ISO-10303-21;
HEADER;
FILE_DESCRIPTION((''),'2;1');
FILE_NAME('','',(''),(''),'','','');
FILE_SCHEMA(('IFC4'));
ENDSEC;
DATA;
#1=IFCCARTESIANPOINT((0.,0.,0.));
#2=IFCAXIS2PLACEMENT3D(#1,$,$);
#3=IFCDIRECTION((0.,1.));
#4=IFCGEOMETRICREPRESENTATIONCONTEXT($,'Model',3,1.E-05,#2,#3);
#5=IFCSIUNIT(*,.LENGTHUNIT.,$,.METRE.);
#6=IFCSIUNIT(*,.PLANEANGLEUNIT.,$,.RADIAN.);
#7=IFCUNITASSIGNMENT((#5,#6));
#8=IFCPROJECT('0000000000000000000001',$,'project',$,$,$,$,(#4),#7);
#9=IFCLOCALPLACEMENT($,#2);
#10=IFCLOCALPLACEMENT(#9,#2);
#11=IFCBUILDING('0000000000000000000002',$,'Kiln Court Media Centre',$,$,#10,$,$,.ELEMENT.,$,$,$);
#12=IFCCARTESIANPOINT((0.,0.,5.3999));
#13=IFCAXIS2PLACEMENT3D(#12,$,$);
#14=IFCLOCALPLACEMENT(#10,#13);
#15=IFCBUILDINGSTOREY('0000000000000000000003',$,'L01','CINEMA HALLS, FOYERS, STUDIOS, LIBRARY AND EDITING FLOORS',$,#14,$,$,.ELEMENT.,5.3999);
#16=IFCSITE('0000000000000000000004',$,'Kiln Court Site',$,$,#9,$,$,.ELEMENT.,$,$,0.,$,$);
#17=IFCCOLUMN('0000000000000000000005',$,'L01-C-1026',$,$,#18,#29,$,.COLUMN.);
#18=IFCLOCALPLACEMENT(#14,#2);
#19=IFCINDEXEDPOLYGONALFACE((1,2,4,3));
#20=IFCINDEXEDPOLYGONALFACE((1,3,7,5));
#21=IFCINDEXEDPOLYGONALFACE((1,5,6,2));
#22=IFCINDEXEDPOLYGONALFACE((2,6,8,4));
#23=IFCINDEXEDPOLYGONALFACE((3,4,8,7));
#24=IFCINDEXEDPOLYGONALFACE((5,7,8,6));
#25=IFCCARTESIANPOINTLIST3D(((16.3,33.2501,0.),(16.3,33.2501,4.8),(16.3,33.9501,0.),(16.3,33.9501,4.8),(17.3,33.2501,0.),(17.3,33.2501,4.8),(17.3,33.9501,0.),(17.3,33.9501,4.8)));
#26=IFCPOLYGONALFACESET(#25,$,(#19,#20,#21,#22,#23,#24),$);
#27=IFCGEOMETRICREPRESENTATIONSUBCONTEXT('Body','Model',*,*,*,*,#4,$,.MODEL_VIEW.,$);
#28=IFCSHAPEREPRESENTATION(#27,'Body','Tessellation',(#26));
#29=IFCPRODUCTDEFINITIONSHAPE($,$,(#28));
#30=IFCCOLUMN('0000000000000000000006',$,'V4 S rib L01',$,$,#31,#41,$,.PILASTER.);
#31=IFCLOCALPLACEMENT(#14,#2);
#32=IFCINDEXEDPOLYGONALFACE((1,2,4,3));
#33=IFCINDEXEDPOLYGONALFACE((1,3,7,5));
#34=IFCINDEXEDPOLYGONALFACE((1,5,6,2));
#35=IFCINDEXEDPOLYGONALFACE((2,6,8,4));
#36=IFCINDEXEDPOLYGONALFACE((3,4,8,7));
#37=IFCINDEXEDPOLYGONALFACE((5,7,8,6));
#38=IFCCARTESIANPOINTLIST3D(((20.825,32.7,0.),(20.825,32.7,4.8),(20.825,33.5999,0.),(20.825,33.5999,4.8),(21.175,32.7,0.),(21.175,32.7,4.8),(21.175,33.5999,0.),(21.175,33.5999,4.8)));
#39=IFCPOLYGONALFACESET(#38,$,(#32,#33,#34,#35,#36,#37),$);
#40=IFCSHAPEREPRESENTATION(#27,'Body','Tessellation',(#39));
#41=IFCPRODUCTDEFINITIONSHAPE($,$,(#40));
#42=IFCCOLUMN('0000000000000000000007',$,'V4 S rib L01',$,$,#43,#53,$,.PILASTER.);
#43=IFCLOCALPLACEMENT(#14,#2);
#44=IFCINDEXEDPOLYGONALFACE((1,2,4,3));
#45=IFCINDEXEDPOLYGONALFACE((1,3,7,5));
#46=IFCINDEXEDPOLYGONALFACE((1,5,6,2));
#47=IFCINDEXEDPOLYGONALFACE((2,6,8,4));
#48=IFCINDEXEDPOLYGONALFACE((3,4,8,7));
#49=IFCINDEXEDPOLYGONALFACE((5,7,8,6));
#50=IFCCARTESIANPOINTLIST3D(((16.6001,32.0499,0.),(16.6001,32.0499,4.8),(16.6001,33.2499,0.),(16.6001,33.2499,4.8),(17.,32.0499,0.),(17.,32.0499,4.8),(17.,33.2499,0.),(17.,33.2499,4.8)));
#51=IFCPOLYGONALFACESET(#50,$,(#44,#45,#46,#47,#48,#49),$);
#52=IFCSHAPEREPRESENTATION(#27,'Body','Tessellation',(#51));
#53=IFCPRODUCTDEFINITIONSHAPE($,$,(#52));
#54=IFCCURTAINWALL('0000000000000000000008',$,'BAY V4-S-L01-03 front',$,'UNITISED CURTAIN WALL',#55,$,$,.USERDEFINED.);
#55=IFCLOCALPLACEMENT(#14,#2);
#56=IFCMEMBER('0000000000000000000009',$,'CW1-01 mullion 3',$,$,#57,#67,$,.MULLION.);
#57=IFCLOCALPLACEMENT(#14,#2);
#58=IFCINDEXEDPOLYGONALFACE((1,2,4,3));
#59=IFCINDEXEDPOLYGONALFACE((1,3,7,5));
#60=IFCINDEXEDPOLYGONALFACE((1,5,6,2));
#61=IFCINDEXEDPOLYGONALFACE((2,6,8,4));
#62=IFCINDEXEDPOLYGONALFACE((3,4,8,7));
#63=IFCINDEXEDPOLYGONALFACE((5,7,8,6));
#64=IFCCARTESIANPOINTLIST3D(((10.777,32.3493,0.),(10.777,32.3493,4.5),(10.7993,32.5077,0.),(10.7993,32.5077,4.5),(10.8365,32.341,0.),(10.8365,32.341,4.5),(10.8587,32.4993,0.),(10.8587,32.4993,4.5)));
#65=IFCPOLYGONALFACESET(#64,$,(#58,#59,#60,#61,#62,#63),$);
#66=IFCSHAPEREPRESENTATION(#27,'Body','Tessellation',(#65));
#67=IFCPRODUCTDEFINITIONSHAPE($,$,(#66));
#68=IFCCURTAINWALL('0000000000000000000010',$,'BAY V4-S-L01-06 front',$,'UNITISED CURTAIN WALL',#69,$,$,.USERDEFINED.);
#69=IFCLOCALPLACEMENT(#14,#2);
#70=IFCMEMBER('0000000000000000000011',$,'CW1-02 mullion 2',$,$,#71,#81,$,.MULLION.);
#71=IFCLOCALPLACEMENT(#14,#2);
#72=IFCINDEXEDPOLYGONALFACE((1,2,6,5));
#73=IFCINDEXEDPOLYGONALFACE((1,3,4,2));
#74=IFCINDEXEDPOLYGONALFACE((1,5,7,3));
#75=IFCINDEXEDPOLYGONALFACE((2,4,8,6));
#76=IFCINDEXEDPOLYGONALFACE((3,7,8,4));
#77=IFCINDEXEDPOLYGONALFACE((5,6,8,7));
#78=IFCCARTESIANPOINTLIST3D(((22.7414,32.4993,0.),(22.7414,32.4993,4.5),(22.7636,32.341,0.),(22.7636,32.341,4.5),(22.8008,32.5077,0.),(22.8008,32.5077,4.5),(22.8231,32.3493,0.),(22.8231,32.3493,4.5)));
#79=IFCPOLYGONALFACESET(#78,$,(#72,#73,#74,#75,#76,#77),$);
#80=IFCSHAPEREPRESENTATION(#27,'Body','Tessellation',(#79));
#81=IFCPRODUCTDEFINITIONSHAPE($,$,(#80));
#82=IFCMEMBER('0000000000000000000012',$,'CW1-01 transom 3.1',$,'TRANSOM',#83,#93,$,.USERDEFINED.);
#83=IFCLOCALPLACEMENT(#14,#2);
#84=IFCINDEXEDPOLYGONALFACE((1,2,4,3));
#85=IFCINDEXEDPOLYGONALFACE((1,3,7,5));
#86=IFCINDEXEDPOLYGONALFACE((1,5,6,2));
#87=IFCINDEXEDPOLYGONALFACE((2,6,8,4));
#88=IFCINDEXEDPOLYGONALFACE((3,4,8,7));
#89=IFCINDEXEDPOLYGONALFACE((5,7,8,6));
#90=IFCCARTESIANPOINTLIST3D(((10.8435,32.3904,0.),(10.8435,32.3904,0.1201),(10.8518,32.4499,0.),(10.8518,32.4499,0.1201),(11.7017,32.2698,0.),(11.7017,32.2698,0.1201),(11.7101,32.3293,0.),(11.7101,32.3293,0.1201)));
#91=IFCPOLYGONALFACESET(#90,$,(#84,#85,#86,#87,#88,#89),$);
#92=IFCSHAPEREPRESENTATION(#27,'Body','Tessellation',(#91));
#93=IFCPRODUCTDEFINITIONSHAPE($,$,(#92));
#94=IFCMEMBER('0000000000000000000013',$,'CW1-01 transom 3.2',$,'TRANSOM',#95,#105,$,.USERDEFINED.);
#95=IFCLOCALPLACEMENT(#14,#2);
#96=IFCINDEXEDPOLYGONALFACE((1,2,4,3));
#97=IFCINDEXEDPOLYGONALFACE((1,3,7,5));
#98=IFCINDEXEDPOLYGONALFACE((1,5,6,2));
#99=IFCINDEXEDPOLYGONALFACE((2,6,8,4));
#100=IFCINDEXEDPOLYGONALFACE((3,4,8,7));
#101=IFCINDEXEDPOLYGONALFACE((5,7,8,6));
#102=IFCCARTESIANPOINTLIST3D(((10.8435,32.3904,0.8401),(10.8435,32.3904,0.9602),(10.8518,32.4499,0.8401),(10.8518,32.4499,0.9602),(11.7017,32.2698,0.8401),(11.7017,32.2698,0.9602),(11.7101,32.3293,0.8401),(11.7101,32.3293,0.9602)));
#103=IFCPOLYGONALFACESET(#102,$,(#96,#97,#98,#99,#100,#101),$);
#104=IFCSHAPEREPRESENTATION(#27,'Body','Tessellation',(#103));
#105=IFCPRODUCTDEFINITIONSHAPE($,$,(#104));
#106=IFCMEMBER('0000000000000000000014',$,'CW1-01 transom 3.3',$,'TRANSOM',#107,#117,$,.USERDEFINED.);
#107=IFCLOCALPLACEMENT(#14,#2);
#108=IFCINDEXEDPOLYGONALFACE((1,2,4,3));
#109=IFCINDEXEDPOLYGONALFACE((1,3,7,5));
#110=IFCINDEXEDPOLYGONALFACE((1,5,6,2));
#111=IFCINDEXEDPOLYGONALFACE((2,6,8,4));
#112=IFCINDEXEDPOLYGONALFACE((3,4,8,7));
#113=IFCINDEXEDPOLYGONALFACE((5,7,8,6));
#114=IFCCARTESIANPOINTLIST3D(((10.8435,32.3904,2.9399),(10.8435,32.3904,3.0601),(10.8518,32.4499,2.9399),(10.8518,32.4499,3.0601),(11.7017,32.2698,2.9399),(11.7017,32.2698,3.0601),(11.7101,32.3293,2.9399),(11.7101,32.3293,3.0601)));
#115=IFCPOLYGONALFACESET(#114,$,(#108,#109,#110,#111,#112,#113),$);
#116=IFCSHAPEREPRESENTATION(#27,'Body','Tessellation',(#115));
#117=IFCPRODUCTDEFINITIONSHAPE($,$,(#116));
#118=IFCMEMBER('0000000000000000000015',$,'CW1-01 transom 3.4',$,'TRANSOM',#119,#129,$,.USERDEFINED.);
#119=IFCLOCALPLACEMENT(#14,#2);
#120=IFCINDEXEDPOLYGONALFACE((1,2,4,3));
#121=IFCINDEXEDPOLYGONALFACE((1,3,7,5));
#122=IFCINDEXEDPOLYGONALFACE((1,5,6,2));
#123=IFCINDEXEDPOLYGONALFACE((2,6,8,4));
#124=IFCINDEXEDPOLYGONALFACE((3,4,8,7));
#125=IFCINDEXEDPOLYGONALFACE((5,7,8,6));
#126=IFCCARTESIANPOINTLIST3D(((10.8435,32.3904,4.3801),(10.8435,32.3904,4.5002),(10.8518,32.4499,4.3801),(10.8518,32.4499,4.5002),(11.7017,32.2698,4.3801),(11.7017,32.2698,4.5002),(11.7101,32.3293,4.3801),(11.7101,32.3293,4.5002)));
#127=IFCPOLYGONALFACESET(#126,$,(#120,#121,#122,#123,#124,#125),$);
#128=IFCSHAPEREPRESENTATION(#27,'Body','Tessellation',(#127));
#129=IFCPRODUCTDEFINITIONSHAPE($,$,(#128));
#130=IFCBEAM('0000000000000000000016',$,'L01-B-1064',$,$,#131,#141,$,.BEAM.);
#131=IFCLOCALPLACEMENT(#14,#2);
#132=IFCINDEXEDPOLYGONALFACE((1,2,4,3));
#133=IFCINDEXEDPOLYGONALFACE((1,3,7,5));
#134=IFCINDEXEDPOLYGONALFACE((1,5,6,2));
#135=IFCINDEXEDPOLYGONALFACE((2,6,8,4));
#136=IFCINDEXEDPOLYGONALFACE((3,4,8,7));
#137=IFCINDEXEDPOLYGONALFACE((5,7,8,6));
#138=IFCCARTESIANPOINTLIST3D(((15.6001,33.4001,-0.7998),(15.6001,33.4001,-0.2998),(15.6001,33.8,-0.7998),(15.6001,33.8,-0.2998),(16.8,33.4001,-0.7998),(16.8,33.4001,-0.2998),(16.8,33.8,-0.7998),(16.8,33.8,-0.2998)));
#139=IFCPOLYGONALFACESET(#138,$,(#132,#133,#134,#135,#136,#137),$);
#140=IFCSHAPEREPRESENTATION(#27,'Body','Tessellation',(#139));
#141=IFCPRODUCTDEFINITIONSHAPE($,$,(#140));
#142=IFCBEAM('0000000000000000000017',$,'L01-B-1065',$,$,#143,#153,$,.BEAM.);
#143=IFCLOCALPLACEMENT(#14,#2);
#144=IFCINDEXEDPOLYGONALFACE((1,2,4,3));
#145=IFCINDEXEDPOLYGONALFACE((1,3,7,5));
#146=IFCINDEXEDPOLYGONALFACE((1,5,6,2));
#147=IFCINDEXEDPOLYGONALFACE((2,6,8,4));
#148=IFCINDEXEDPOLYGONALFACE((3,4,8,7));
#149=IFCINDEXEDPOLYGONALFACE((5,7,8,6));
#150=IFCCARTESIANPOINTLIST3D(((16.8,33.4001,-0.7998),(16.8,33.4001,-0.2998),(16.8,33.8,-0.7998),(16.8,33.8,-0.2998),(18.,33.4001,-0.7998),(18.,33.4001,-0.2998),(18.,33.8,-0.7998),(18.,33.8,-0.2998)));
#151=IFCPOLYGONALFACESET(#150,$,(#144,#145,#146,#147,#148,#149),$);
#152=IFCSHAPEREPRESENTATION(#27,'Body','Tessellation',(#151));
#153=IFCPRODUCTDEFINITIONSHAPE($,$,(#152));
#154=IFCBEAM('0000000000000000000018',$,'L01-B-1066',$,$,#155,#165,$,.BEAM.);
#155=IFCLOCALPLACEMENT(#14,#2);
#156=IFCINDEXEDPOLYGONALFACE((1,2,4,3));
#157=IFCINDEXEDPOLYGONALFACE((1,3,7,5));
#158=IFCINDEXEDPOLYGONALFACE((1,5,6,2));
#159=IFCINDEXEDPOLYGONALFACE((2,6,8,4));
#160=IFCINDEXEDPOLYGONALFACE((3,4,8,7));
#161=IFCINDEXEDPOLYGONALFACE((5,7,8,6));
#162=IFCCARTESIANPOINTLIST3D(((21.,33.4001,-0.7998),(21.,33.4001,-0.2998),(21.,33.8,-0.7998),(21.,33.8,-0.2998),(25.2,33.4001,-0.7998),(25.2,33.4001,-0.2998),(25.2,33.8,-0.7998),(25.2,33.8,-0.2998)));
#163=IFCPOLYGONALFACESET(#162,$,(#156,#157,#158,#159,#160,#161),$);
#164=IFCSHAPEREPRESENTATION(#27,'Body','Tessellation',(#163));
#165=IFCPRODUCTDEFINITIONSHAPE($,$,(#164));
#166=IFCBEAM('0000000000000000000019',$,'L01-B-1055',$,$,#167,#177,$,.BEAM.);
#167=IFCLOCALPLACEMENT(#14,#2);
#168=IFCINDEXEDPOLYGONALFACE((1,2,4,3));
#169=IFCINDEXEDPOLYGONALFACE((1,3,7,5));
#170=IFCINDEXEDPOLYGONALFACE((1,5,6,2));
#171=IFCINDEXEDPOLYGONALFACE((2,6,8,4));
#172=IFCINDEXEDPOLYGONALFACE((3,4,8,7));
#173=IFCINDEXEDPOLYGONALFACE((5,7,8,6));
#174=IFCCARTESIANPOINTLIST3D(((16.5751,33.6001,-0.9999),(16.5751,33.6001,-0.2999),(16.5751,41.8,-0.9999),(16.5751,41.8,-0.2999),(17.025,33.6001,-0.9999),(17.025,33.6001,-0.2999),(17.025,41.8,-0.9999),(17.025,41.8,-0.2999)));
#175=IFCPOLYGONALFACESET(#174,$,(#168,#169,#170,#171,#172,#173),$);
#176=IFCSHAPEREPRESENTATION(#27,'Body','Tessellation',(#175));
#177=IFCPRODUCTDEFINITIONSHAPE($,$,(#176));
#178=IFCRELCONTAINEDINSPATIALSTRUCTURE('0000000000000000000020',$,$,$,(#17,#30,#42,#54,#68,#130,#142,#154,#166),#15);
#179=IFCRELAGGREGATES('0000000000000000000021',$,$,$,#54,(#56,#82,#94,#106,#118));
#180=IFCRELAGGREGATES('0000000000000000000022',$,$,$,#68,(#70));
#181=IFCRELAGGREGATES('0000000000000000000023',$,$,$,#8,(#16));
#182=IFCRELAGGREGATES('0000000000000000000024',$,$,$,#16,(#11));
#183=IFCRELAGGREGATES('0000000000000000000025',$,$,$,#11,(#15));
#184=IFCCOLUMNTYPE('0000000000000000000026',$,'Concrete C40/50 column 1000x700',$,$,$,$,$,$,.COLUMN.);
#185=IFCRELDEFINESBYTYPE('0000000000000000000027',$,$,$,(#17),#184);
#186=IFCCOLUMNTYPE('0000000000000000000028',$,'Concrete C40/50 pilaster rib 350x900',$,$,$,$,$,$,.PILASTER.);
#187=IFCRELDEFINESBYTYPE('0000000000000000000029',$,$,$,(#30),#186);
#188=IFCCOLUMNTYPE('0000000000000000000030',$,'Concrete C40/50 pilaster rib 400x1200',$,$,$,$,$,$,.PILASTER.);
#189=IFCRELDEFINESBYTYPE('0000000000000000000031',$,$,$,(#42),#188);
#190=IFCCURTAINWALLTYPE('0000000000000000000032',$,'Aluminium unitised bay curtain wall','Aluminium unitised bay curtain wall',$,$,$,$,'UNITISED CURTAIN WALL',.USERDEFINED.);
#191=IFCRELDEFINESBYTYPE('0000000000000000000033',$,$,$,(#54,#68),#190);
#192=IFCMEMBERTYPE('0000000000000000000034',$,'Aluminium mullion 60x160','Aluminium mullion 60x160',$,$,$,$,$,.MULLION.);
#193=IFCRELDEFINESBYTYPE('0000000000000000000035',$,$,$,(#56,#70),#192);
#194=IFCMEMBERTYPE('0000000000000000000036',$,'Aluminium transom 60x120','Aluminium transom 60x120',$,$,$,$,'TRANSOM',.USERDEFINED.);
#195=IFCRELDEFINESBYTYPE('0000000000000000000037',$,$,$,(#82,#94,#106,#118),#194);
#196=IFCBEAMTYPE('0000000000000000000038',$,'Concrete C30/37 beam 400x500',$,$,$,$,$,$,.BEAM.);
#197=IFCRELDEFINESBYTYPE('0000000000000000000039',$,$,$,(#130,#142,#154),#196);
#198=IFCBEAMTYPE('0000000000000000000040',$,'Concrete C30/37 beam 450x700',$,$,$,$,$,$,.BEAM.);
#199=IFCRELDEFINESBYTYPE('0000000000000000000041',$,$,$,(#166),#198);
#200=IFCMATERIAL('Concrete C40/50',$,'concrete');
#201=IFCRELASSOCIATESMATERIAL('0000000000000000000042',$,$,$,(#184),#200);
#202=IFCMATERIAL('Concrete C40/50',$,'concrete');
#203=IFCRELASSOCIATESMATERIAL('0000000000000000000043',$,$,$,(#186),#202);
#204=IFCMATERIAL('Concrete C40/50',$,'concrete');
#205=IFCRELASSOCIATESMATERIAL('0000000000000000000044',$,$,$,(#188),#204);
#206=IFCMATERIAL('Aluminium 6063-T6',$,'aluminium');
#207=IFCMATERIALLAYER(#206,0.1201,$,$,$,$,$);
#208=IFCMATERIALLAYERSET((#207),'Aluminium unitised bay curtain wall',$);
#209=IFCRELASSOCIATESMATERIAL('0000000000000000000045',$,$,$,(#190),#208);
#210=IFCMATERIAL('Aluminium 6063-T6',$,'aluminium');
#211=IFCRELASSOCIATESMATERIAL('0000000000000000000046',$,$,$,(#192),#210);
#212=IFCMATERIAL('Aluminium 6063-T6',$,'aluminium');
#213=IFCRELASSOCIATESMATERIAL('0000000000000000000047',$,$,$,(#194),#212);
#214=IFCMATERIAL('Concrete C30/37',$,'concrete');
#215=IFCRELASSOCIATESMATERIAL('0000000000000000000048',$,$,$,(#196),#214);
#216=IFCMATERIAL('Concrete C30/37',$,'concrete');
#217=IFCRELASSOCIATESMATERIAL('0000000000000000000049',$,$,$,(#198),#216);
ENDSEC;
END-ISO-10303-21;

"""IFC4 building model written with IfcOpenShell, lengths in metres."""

from ifc_helpers import new_model, si_unit, direction, frame, origin, origin_2d, place, context, subcontext, project, spatial, rectangle, extrude, material, layer, layer_set, material_profile, profile_set, type_object, element, aggregate, save


model = new_model("IFC4")

# Units and contexts
model_context = context("Model", 3, precision=1e-05, world=origin(), true_north=direction((0.0, 1.0)))
body_context = subcontext(model_context, "Body", "Model", "MODEL_VIEW")
ifc_project = project(units=[si_unit("LENGTHUNIT", "METRE"), si_unit("PLANEANGLEUNIT", "RADIAN")], contexts=[model_context])

# Site, building, storey
site_placement = place(None, origin())
site = spatial("IfcSite", under=ifc_project, at=site_placement, Name="Kiln Court Site", CompositionType="ELEMENT", RefElevation=0.0)
building_placement = place(site_placement, origin())
building = spatial("IfcBuilding", under=site, at=building_placement, Name="Kiln Court Media Centre", CompositionType="ELEMENT")
storey_placement = place(building_placement, frame((0.0, 0.0, 5.3999)))
storey = spatial("IfcBuildingStorey", under=building, at=storey_placement, Name="L01", Description="CINEMA HALLS, FOYERS, STUDIOS, LIBRARY AND EDITING FLOORS", CompositionType="ELEMENT", Elevation=5.3999)

# Columns
ifc_material_1 = material(Name="Concrete C40/50", Category="concrete")
ifc_material_profile_1 = material_profile(ifc_material_1, rectangle(XDim=1.0, YDim=0.7, at=origin_2d()), Name="RC 1000x700")
ifc_profile_set_1 = profile_set([ifc_material_profile_1], Name="Concrete C40/50")
column_type_1 = type_object("IfcColumnType", Name="Concrete C40/50 column 1000x700", PredefinedType="COLUMN", material=ifc_profile_set_1)
column_1_placement = place(storey_placement, frame((16.8, 33.6001, 0.0), z_axis=(0.0, 0.0, 1.0), x_axis=(1.0, 0.0, 0.0)))
element("IfcColumn", 1, at=column_1_placement, inside=storey, type_object=column_type_1, Name="L01-C-1026", PredefinedType="COLUMN", context=body_context, shape_type="SweptSolid", body=[
    extrude(rectangle(XDim=1.0, YDim=0.7, at=origin_2d()), origin(), (0.0, 0.0, 1.0), 4.8),
])
ifc_material_2 = material(Name="Concrete C40/50", Category="concrete")
ifc_material_profile_2 = material_profile(ifc_material_2, rectangle(XDim=0.3501, YDim=0.8999, at=origin_2d()), Name="RC 350x900")
ifc_profile_set_2 = profile_set([ifc_material_profile_2], Name="Concrete C40/50")
column_type_2 = type_object("IfcColumnType", Name="Concrete C40/50 pilaster rib 350x900", PredefinedType="PILASTER", material=ifc_profile_set_2)
column_2_placement = place(storey_placement, frame((21.0, 33.1499, 0.0), z_axis=(0.0, 0.0, 1.0), x_axis=(1.0, 0.0, 0.0)))
element("IfcColumn", 2, at=column_2_placement, inside=storey, type_object=column_type_2, Name="V4 S rib L01", PredefinedType="PILASTER", context=body_context, shape_type="SweptSolid", body=[
    extrude(rectangle(XDim=0.3501, YDim=0.8999, at=origin_2d()), origin(), (0.0, 0.0, 1.0), 4.8),
])
ifc_material_3 = material(Name="Concrete C40/50", Category="concrete")
ifc_material_profile_3 = material_profile(ifc_material_3, rectangle(XDim=0.3999, YDim=1.2, at=origin_2d()), Name="RC 400x1200")
ifc_profile_set_3 = profile_set([ifc_material_profile_3], Name="Concrete C40/50")
column_type_3 = type_object("IfcColumnType", Name="Concrete C40/50 pilaster rib 400x1200", PredefinedType="PILASTER", material=ifc_profile_set_3)
column_3_placement = place(storey_placement, frame((16.8, 32.6499, 0.0), z_axis=(0.0, 0.0, 1.0), x_axis=(1.0, 0.0, 0.0)))
element("IfcColumn", 3, at=column_3_placement, inside=storey, type_object=column_type_3, Name="V4 S rib L01", PredefinedType="PILASTER", context=body_context, shape_type="SweptSolid", body=[
    extrude(rectangle(XDim=0.3999, YDim=1.2, at=origin_2d()), origin(), (0.0, 0.0, 1.0), 4.8),
])

# Curtain walls, members
ifc_material_4 = material(Name="Aluminium 6063-T6", Category="aluminium")
ifc_layer_1 = layer(ifc_material_4, 0.1201)
ifc_layer_set_1 = layer_set([ifc_layer_1], Name="Aluminium unitised bay curtain wall")
curtain_wall_type = type_object("IfcCurtainWallType", Name="Aluminium unitised bay curtain wall", Description="Aluminium unitised bay curtain wall", ElementType="UNITISED CURTAIN WALL", PredefinedType="USERDEFINED", material=ifc_layer_set_1)
curtain_wall_1_placement = place(storey_placement, origin())
curtain_wall_1 = element("IfcCurtainWall", 4, at=curtain_wall_1_placement, inside=storey, type_object=curtain_wall_type, Name="BAY V4-S-L01-03 front", ObjectType="UNITISED CURTAIN WALL", PredefinedType="USERDEFINED")
ifc_material_5 = material(Name="Aluminium 6063-T6", Category="aluminium")
ifc_material_profile_4 = material_profile(ifc_material_5, rectangle(XDim=0.0601, YDim=0.1599, at=origin_2d()), Name="Aluminium mullion 60x160")
ifc_profile_set_4 = profile_set([ifc_material_profile_4], Name="Aluminium 6063-T6")
member_type_1 = type_object("IfcMemberType", Name="Aluminium mullion 60x160", Description="Aluminium mullion 60x160", PredefinedType="MULLION", material=ifc_profile_set_4)
member_1_placement = place(storey_placement, frame((10.8179, 32.4243, 0.0), z_axis=(0.0, 0.0, 1.0), x_axis=(0.99027, -0.139162, 0.0)))
member_1 = element("IfcMember", 5, at=member_1_placement, type_object=member_type_1, Name="CW1-01 mullion 3", PredefinedType="MULLION", context=body_context, shape_type="SweptSolid", body=[
    extrude(rectangle(XDim=0.0601, YDim=0.1599, at=origin_2d()), origin(), (0.0, 0.0, 1.0), 4.5),
])
curtain_wall_2_placement = place(storey_placement, origin())
curtain_wall_2 = element("IfcCurtainWall", 6, at=curtain_wall_2_placement, inside=storey, type_object=curtain_wall_type, Name="BAY V4-S-L01-06 front", ObjectType="UNITISED CURTAIN WALL", PredefinedType="USERDEFINED")
member_2_placement = place(storey_placement, frame((22.7822, 32.4243, 0.0), z_axis=(0.0, 0.0, 1.0), x_axis=(0.99027, 0.139162, 0.0)))
member_2 = element("IfcMember", 7, at=member_2_placement, type_object=member_type_1, Name="CW1-02 mullion 2", PredefinedType="MULLION", context=body_context, shape_type="SweptSolid", body=[
    extrude(rectangle(XDim=0.0601, YDim=0.1599, at=origin_2d()), origin(), (0.0, 0.0, 1.0), 4.5),
])

# Members
ifc_material_6 = material(Name="Aluminium 6063-T6", Category="aluminium")
ifc_material_profile_5 = material_profile(ifc_material_6, rectangle(XDim=0.0601, YDim=0.1201, at=origin_2d()), Name="Aluminium transom 60x120")
ifc_profile_set_5 = profile_set([ifc_material_profile_5], Name="Aluminium 6063-T6")
member_type_2 = type_object("IfcMemberType", Name="Aluminium transom 60x120", Description="Aluminium transom 60x120", ElementType="TRANSOM", PredefinedType="USERDEFINED", material=ifc_profile_set_5)
member_3_placement = place(storey_placement, frame((10.8477, 32.4202, 0.0601), z_axis=(0.990268, -0.139173, 0.0), x_axis=(0.139173, 0.990268, 0.0)))
member_3 = element("IfcMember", 8, at=member_3_placement, type_object=member_type_2, Name="CW1-01 transom 3.1", ObjectType="TRANSOM", PredefinedType="USERDEFINED", context=body_context, shape_type="SweptSolid", body=[
    extrude(rectangle(XDim=0.0601, YDim=0.1201, at=origin_2d()), origin(), (0.0, 0.0, 1.0), 0.8667),
])
member_4_placement = place(storey_placement, frame((10.8477, 32.4202, 0.9001), z_axis=(0.990268, -0.139173, 0.0), x_axis=(0.139173, 0.990268, 0.0)))
member_4 = element("IfcMember", 9, at=member_4_placement, type_object=member_type_2, Name="CW1-01 transom 3.2", ObjectType="TRANSOM", PredefinedType="USERDEFINED", context=body_context, shape_type="SweptSolid", body=[
    extrude(rectangle(XDim=0.0601, YDim=0.1201, at=origin_2d()), origin(), (0.0, 0.0, 1.0), 0.8667),
])
member_5_placement = place(storey_placement, frame((10.8477, 32.4202, 3.0), z_axis=(0.990268, -0.139173, 0.0), x_axis=(0.139173, 0.990268, 0.0)))
member_5 = element("IfcMember", 10, at=member_5_placement, type_object=member_type_2, Name="CW1-01 transom 3.3", ObjectType="TRANSOM", PredefinedType="USERDEFINED", context=body_context, shape_type="SweptSolid", body=[
    extrude(rectangle(XDim=0.0601, YDim=0.1201, at=origin_2d()), origin(), (0.0, 0.0, 1.0), 0.8667),
])
member_6_placement = place(storey_placement, frame((10.8477, 32.4202, 4.4402), z_axis=(0.990268, -0.139173, 0.0), x_axis=(0.139173, 0.990268, 0.0)))
member_6 = element("IfcMember", 11, at=member_6_placement, type_object=member_type_2, Name="CW1-01 transom 3.4", ObjectType="TRANSOM", PredefinedType="USERDEFINED", context=body_context, shape_type="SweptSolid", body=[
    extrude(rectangle(XDim=0.0601, YDim=0.1201, at=origin_2d()), origin(), (0.0, 0.0, 1.0), 0.8667),
])

# Beams
ifc_material_7 = material(Name="Concrete C30/37", Category="concrete")
ifc_material_profile_6 = material_profile(ifc_material_7, rectangle(XDim=0.3999, YDim=0.5, at=origin_2d()), Name="RC 400x500")
ifc_profile_set_6 = profile_set([ifc_material_profile_6], Name="Concrete C30/37")
beam_type_1 = type_object("IfcBeamType", Name="Concrete C30/37 beam 400x500", PredefinedType="BEAM", material=ifc_profile_set_6)
for number, where, z_axis, x_axis, name in (
    (12, (15.6001, 33.6001, -0.5498), (1.0, 0.0, 0.0), (0.0, 1.0, 0.0), "L01-B-1064"),
    (13, (16.8, 33.6001, -0.5498), (1.0, 0.0, 0.0), (0.0, 1.0, 0.0), "L01-B-1065"),
):
    element("IfcBeam", number, at=place(storey_placement, frame(where, z_axis=z_axis, x_axis=x_axis)), inside=storey, type_object=beam_type_1, Name=name, PredefinedType="BEAM", context=body_context, shape_type="SweptSolid", body=[
        extrude(rectangle(XDim=0.3999, YDim=0.5, at=origin_2d()), origin(), (0.0, 0.0, 1.0), 1.2),
    ])
beam_1_placement = place(storey_placement, frame((21.0, 33.6001, -0.5498), z_axis=(1.0, 0.0, 0.0), x_axis=(0.0, 1.0, 0.0)))
element("IfcBeam", 14, at=beam_1_placement, inside=storey, type_object=beam_type_1, Name="L01-B-1066", PredefinedType="BEAM", context=body_context, shape_type="SweptSolid", body=[
    extrude(rectangle(XDim=0.3999, YDim=0.5, at=origin_2d()), origin(), (0.0, 0.0, 1.0), 4.2),
])
ifc_material_8 = material(Name="Concrete C30/37", Category="concrete")
ifc_material_profile_7 = material_profile(ifc_material_8, rectangle(XDim=0.45, YDim=0.7, at=origin_2d()), Name="RC 450x700")
ifc_profile_set_7 = profile_set([ifc_material_profile_7], Name="Concrete C30/37")
beam_type_2 = type_object("IfcBeamType", Name="Concrete C30/37 beam 450x700", PredefinedType="BEAM", material=ifc_profile_set_7)
beam_2_placement = place(storey_placement, frame((16.8, 33.6001, -0.6499), z_axis=(0.0, 1.0, 0.0), x_axis=(-1.0, 0.0, 0.0)))
element("IfcBeam", 15, at=beam_2_placement, inside=storey, type_object=beam_type_2, Name="L01-B-1055", PredefinedType="BEAM", context=body_context, shape_type="SweptSolid", body=[
    extrude(rectangle(XDim=0.45, YDim=0.7, at=origin_2d()), origin(), (0.0, 0.0, 1.0), 8.2),
])

aggregate(curtain_wall_1, [member_1, member_3, member_4, member_5, member_6])
aggregate(curtain_wall_2, [member_2])

save(model, "model.ifc")
